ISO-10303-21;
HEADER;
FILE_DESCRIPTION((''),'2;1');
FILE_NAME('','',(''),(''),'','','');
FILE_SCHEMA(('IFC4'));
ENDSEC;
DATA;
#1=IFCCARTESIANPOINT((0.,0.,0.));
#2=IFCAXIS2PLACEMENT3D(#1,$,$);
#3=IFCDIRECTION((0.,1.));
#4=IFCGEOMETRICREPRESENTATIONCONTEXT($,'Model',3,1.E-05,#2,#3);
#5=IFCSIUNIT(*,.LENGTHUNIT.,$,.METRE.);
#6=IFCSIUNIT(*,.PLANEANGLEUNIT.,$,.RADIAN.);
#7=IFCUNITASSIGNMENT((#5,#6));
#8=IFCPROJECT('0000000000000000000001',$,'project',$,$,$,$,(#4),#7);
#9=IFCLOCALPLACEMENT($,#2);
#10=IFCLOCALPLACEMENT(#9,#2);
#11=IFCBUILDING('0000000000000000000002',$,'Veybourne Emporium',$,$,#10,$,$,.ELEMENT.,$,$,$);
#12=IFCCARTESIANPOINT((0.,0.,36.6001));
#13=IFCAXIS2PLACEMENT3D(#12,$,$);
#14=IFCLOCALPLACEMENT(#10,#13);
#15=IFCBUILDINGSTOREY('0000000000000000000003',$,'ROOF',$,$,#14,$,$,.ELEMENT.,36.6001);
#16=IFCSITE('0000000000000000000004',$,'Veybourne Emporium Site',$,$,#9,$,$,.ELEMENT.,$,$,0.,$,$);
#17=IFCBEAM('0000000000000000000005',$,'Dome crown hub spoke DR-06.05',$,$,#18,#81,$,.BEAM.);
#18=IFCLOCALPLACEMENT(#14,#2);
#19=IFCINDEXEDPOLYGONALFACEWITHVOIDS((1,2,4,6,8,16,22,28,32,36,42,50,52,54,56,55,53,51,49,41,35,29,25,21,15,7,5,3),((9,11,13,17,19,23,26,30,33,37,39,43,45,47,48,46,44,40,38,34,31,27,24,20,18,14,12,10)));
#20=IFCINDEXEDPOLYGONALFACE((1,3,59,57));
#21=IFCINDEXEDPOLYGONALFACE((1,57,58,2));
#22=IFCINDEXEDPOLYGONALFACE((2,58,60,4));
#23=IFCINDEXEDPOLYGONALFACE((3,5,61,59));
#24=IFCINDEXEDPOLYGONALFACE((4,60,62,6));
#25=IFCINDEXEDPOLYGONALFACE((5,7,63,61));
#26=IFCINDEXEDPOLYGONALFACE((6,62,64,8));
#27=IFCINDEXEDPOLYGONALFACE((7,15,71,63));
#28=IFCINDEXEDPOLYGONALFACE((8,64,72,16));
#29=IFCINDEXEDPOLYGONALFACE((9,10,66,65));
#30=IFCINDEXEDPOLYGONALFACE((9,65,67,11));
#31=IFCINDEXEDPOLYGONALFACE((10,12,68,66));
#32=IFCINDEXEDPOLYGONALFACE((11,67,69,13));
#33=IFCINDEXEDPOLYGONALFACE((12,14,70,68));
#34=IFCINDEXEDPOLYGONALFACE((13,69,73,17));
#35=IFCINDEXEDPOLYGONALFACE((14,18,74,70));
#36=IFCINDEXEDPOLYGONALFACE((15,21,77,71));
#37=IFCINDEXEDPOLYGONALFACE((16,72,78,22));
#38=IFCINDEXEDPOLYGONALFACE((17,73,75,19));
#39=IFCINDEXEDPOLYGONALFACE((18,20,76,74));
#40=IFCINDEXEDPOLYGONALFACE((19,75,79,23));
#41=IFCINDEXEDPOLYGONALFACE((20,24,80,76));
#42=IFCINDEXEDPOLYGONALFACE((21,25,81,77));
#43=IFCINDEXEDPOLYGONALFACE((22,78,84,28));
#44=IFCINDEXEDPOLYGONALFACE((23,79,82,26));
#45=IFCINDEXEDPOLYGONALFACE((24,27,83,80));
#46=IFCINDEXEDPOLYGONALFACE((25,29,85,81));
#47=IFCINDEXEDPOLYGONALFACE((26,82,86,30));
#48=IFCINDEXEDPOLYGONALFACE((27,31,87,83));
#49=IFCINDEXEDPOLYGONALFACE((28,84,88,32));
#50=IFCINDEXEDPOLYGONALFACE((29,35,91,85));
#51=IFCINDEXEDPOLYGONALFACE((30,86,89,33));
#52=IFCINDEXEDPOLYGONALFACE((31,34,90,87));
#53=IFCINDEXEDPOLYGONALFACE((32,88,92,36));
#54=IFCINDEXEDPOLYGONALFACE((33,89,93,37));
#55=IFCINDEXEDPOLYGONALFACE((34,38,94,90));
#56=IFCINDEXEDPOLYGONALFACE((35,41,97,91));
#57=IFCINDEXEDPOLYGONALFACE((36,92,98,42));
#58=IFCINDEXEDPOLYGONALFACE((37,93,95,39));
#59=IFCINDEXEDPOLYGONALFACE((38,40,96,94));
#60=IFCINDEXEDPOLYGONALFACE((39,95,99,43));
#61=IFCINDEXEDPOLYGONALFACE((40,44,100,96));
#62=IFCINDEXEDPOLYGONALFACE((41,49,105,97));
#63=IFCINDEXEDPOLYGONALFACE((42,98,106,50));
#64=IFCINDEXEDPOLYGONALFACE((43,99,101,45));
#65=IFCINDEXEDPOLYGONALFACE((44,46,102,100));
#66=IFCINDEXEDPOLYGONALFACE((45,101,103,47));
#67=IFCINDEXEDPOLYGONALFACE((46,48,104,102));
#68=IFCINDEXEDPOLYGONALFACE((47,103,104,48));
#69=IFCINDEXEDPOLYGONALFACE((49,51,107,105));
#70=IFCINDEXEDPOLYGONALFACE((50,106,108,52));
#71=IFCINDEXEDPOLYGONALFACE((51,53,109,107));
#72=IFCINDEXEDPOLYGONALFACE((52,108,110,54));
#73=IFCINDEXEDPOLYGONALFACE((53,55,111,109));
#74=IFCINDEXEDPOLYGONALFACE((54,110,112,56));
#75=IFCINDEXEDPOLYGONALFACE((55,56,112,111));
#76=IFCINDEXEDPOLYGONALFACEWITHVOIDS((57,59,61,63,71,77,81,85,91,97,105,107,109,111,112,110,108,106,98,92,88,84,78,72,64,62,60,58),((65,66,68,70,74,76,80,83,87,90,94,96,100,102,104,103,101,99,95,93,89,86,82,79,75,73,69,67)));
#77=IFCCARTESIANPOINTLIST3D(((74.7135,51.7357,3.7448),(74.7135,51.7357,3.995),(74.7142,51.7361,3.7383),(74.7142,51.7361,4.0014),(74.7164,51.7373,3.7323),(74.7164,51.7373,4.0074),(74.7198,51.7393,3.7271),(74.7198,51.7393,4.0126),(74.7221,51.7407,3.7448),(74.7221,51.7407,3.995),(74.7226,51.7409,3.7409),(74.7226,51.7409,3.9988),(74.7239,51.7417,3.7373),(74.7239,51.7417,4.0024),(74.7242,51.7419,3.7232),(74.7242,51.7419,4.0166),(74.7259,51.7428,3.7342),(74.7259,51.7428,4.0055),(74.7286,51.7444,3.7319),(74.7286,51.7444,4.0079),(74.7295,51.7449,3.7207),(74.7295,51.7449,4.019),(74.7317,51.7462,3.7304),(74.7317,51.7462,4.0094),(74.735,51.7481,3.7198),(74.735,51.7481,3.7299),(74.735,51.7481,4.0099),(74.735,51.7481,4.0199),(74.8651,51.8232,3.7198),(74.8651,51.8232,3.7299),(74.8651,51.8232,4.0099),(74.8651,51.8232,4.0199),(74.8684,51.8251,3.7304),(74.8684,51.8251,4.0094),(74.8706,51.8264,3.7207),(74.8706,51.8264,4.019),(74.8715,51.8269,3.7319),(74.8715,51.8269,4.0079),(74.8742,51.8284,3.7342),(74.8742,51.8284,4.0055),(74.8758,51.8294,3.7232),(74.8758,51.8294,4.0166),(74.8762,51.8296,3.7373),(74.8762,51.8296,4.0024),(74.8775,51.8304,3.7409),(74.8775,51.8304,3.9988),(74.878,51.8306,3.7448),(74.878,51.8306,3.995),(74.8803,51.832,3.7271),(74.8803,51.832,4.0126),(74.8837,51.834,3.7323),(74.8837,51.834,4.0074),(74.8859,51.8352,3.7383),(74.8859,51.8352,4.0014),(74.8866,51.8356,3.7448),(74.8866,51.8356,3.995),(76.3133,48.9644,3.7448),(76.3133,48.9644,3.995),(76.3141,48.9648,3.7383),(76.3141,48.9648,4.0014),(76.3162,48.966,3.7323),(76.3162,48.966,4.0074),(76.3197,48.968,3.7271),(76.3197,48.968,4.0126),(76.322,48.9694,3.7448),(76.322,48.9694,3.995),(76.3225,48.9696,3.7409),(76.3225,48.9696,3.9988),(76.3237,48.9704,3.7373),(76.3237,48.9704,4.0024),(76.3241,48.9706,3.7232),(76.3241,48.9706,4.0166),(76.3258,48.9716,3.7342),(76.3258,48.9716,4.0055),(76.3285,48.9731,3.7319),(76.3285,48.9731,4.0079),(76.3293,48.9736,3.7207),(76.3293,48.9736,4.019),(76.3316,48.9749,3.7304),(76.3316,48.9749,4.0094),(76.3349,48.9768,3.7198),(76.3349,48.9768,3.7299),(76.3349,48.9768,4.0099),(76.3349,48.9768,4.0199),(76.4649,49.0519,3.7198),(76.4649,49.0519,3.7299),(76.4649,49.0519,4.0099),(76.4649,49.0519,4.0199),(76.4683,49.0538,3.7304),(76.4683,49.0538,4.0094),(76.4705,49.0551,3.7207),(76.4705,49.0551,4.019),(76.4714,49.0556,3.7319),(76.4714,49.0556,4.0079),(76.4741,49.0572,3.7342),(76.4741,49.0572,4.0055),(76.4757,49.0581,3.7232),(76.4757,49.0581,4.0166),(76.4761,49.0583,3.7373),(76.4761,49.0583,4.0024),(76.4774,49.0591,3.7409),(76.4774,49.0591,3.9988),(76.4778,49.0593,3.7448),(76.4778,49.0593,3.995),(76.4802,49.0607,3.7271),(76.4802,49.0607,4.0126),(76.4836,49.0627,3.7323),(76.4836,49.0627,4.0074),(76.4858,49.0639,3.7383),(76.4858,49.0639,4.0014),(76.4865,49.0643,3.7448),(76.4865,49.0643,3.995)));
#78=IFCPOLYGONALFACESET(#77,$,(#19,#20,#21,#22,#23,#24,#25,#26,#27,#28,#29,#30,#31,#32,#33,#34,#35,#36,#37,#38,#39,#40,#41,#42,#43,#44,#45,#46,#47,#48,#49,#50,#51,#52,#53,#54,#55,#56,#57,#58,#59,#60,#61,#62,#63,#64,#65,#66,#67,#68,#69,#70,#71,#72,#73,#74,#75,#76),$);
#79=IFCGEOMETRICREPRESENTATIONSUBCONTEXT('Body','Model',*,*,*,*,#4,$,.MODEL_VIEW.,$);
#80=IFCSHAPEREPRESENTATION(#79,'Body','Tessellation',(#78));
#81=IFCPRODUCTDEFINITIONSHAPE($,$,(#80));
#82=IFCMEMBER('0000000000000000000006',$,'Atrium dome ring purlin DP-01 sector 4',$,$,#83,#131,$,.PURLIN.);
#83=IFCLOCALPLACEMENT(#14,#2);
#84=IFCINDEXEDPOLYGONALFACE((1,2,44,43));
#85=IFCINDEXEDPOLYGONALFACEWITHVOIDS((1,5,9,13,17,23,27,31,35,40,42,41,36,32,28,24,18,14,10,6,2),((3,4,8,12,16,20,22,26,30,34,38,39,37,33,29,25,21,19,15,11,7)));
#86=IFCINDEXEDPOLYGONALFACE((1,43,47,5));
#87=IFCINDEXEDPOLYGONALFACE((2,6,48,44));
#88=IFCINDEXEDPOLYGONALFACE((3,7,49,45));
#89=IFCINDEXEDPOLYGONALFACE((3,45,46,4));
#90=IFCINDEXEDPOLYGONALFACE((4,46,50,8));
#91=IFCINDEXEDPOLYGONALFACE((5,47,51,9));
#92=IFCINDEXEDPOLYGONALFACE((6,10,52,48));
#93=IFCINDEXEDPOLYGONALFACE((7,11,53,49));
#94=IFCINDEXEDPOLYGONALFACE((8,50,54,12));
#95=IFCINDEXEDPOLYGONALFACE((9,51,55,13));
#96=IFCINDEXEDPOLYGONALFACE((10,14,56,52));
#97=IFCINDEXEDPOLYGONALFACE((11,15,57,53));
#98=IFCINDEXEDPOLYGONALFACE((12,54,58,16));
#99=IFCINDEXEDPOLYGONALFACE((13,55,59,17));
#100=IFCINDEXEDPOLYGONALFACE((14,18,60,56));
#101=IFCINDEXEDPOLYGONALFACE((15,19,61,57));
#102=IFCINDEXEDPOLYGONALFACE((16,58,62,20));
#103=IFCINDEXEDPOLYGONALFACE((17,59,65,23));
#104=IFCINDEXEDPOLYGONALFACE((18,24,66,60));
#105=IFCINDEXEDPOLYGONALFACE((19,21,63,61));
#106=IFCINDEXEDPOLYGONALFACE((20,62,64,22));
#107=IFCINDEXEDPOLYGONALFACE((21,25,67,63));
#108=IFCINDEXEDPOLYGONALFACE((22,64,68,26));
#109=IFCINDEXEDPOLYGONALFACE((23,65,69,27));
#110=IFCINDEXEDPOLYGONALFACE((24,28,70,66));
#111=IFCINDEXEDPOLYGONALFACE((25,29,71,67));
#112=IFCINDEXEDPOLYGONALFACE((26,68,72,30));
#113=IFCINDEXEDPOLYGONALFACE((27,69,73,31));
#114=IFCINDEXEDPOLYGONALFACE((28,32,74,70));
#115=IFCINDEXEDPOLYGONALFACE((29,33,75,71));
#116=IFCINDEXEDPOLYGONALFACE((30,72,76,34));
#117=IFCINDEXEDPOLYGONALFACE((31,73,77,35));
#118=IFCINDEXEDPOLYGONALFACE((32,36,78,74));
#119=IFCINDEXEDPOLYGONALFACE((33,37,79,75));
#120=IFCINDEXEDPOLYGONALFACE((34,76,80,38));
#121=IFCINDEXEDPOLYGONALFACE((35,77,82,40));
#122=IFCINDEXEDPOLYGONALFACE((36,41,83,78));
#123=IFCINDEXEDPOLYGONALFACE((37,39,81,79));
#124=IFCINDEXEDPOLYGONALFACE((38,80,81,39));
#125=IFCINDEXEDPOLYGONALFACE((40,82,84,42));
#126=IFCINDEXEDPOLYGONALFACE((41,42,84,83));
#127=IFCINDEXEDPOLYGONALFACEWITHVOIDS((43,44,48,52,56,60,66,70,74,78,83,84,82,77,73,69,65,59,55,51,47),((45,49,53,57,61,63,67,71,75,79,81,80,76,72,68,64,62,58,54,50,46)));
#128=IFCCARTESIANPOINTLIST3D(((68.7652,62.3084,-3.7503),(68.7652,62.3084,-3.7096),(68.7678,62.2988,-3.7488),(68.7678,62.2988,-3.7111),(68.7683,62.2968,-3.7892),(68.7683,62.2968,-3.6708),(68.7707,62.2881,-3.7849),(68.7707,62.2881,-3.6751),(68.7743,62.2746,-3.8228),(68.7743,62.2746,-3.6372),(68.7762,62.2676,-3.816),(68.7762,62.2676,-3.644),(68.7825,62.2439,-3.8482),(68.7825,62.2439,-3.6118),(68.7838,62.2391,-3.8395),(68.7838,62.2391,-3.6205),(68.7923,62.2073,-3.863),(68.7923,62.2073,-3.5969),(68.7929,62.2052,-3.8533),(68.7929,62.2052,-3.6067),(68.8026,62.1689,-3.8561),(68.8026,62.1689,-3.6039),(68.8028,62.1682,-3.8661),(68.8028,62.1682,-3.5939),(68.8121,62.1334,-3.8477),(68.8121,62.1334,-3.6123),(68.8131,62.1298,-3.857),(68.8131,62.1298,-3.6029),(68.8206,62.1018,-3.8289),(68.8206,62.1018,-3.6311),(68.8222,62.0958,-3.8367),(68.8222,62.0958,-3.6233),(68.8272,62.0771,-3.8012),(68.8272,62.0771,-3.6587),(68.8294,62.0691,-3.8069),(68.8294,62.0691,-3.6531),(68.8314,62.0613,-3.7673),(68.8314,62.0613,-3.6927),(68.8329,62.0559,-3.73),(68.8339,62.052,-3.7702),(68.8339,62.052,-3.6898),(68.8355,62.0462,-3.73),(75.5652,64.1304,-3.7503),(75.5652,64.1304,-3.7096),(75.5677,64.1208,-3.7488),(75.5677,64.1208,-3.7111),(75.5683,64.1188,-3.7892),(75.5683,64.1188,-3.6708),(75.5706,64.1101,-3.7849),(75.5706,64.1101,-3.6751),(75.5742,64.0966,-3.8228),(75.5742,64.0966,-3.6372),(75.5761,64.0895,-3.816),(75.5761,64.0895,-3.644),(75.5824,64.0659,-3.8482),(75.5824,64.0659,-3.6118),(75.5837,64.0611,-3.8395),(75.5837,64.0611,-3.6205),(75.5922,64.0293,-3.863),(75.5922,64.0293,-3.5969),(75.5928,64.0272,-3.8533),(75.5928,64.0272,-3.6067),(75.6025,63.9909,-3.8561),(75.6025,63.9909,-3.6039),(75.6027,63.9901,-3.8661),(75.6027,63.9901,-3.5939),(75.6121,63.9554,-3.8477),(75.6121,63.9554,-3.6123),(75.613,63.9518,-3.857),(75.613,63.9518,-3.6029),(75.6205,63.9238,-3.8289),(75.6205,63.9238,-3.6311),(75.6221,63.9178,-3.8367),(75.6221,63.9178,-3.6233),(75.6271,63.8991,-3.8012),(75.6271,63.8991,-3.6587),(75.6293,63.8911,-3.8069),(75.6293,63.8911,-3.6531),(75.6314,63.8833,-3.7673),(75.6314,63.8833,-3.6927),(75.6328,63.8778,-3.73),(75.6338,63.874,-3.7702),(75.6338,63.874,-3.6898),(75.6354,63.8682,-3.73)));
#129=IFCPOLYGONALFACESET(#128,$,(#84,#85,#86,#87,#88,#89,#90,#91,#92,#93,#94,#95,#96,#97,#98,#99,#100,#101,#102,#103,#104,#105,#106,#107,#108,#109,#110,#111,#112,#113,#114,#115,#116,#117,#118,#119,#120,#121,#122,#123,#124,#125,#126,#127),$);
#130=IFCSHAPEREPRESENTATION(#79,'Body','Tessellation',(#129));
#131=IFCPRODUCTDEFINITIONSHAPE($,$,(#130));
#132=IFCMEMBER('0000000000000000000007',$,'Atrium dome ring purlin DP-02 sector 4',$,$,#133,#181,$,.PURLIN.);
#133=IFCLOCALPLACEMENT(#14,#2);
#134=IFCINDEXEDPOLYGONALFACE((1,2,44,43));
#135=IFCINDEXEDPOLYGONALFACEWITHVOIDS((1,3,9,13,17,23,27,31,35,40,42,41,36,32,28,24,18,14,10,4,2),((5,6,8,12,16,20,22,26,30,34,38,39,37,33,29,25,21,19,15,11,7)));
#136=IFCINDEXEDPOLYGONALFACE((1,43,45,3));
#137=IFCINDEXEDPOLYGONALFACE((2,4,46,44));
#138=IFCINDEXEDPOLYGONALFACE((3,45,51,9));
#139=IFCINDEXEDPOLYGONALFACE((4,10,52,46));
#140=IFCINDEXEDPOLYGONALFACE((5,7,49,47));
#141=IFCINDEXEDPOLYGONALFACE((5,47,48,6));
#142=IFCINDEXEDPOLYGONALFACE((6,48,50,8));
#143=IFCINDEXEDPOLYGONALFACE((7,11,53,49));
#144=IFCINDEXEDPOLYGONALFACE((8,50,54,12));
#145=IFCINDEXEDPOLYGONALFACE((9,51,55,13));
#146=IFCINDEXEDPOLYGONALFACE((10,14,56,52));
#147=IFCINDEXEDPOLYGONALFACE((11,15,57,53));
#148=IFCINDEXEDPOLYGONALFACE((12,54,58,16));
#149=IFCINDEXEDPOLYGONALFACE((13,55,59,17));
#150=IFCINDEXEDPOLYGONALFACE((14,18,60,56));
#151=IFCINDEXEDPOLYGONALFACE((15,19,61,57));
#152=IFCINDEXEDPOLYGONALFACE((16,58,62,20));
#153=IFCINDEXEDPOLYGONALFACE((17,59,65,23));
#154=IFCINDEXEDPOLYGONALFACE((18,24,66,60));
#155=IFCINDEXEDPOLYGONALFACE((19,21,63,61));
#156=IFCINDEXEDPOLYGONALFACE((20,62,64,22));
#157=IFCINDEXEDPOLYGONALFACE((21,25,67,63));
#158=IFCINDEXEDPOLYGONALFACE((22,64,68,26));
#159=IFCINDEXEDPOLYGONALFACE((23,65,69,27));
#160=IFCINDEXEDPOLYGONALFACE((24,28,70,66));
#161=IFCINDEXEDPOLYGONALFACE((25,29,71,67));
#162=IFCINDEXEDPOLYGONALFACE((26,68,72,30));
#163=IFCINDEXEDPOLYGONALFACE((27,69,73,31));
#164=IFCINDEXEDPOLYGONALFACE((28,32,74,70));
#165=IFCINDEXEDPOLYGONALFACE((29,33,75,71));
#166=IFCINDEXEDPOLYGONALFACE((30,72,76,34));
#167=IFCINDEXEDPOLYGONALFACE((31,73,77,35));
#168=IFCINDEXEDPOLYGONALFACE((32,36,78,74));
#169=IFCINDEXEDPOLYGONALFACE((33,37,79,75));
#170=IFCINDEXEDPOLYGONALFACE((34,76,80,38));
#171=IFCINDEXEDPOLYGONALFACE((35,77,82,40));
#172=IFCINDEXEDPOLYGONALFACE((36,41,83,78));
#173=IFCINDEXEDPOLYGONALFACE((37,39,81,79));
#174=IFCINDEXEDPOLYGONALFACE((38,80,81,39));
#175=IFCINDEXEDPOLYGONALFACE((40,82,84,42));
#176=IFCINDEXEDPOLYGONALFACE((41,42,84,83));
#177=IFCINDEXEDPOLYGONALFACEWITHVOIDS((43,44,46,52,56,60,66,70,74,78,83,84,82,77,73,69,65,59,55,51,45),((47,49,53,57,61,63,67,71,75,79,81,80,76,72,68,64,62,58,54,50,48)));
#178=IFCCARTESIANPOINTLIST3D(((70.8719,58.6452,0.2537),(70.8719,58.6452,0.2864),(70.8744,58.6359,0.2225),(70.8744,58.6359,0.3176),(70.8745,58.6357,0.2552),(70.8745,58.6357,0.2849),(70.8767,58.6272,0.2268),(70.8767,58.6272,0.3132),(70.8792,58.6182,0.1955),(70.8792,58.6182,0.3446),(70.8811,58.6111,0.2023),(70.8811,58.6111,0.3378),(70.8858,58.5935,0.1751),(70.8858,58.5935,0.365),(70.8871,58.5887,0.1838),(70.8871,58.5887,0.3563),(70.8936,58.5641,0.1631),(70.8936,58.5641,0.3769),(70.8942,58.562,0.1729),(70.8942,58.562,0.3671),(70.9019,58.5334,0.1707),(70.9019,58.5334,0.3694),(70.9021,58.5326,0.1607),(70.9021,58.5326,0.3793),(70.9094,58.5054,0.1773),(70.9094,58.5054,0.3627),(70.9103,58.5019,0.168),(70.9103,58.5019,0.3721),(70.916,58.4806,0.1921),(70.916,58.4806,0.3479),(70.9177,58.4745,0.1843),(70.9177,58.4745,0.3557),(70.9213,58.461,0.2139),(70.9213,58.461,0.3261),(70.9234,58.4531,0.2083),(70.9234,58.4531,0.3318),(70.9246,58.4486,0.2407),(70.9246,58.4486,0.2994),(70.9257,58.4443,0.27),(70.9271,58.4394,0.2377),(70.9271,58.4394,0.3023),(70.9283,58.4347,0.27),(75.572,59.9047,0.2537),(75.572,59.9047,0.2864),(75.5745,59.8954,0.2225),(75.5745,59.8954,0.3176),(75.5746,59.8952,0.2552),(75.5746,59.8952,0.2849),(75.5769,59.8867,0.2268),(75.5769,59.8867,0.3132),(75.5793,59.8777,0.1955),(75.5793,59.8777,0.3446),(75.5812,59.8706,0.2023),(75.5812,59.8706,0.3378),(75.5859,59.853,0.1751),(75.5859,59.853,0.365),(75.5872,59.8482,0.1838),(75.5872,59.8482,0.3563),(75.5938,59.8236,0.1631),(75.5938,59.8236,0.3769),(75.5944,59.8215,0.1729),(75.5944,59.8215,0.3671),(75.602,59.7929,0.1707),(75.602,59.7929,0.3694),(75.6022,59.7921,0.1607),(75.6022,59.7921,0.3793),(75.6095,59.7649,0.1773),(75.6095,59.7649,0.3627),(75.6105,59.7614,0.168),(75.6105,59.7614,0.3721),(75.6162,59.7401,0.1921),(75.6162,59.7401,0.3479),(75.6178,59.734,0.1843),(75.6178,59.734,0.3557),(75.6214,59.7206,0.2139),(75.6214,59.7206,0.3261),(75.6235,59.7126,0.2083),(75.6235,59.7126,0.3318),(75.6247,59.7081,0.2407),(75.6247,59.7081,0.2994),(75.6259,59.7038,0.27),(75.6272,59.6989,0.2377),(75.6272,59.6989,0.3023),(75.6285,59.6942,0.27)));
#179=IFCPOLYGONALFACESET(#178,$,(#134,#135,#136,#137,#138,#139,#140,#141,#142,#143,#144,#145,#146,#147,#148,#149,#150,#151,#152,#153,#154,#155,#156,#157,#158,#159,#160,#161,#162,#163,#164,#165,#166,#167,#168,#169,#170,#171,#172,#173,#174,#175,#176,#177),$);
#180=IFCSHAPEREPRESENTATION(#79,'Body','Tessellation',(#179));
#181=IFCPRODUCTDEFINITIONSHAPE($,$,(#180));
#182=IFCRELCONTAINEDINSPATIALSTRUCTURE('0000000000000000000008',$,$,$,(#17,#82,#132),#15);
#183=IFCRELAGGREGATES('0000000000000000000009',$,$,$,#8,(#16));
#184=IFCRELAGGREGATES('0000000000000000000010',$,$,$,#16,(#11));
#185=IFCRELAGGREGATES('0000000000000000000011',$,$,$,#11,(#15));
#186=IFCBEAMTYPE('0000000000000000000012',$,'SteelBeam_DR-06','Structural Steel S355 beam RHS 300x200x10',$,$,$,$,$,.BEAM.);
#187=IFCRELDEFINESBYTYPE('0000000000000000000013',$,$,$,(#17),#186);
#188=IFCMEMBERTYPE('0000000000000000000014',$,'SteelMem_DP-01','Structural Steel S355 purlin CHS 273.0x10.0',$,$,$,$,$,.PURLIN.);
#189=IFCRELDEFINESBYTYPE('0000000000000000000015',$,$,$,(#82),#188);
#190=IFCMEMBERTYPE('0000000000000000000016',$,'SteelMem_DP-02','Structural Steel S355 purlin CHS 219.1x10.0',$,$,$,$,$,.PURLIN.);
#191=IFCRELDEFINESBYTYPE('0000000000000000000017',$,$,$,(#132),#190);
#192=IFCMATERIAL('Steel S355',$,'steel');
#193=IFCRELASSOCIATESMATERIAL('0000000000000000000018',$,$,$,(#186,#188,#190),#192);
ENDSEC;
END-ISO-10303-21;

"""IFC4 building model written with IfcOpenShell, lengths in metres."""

from ifc_helpers import new_model, si_unit, direction, frame, origin, origin_2d, place, context, subcontext, project, spatial, hollow_rectangle, hollow_circle, extrude, material, material_profile, profile_set, type_object, element, save


model = new_model("IFC4")

# Units and contexts
model_context = context("Model", 3, precision=1e-05, world=origin(), true_north=direction((0.0, 1.0)))
body_context = subcontext(model_context, "Body", "Model", "MODEL_VIEW")
ifc_project = project(units=[si_unit("LENGTHUNIT", "METRE"), si_unit("PLANEANGLEUNIT", "RADIAN")], contexts=[model_context])

# Site, building, storey
site_placement = place(None, origin())
site = spatial("IfcSite", under=ifc_project, at=site_placement, Name="Veybourne Emporium Site", CompositionType="ELEMENT", RefElevation=0.0)
building_placement = place(site_placement, origin())
building = spatial("IfcBuilding", under=site, at=building_placement, Name="Veybourne Emporium", CompositionType="ELEMENT")
storey_placement = place(building_placement, frame((0.0, 0.0, 36.6001)))
storey = spatial("IfcBuildingStorey", under=building, at=storey_placement, Name="ROOF", CompositionType="ELEMENT", Elevation=36.6001)

# Beam
ifc_material_1 = material(Name="Steel S355", Category="steel")
ifc_material_profile_1 = material_profile(ifc_material_1, hollow_rectangle(XDim=0.2, YDim=0.3, WallThickness=0.01, InnerFilletRadius=0.0149, OuterFilletRadius=0.0249, at=origin_2d()), Name="RHS 300x200x10")
ifc_profile_set_1 = profile_set([ifc_material_profile_1], Name="Steel S355")
beam_type_1 = type_object("IfcBeamType", Name="SteelBeam_DR-06", Description="Structural Steel S355 beam RHS 300x200x10", PredefinedType="BEAM", material=ifc_profile_set_1)
beam_1_placement = place(storey_placement, frame((74.8, 51.7856, 3.8699), z_axis=(0.499971, -0.866042, 0.0), x_axis=(0.866042, 0.499971, 0.0)))
element("IfcBeam", 1, at=beam_1_placement, inside=storey, type_object=beam_type_1, Name="Dome crown hub spoke DR-06.05", PredefinedType="BEAM", context=body_context, shape_type="SweptSolid", body=[
    extrude(hollow_rectangle(XDim=0.2, YDim=0.3, WallThickness=0.01, InnerFilletRadius=0.0149, OuterFilletRadius=0.0249, at=origin_2d()), origin(), (0.0, 0.0, 1.0), 3.2),
])

# Members
ifc_material_profile_2 = material_profile(ifc_material_1, hollow_circle(Radius=0.1365, WallThickness=0.01, at=origin_2d()), Name="CHS 273.0x10.0")
ifc_profile_set_2 = profile_set([ifc_material_profile_2], Name="Steel S355")
member_type_1 = type_object("IfcMemberType", Name="SteelMem_DP-01", Description="Structural Steel S355 purlin CHS 273.0x10.0", PredefinedType="PURLIN", material=ifc_profile_set_2)
member_1_placement = place(storey_placement, frame((75.6001, 64.0, -3.73), z_axis=(-0.965927, -0.258813, 0.0), x_axis=(0.258813, -0.965927, 0.0)))
element("IfcMember", 2, at=member_1_placement, inside=storey, type_object=member_type_1, Name="Atrium dome ring purlin DP-01 sector 4", PredefinedType="PURLIN", context=body_context, shape_type="SweptSolid", body=[
    extrude(hollow_circle(Radius=0.1365, WallThickness=0.01, at=origin_2d()), origin(), (0.0, 0.0, 1.0), 7.0398),
])
ifc_material_profile_3 = material_profile(ifc_material_1, hollow_circle(Radius=0.1096, WallThickness=0.01, at=origin_2d()), Name="CHS 219.1x10.0")
ifc_profile_set_3 = profile_set([ifc_material_profile_3], Name="Steel S355")
member_type_2 = type_object("IfcMemberType", Name="SteelMem_DP-02", Description="Structural Steel S355 purlin CHS 219.1x10.0", PredefinedType="PURLIN", material=ifc_profile_set_3)
member_2_placement = place(storey_placement, frame((75.6001, 59.8, 0.27), z_axis=(-0.96592, -0.25884, 0.0), x_axis=(0.25884, -0.96592, 0.0)))
element("IfcMember", 3, at=member_2_placement, inside=storey, type_object=member_type_2, Name="Atrium dome ring purlin DP-02 sector 4", PredefinedType="PURLIN", context=body_context, shape_type="SweptSolid", body=[
    extrude(hollow_circle(Radius=0.1096, WallThickness=0.01, at=origin_2d()), origin(), (0.0, 0.0, 1.0), 4.866),
])

save(model, "model.ifc")
